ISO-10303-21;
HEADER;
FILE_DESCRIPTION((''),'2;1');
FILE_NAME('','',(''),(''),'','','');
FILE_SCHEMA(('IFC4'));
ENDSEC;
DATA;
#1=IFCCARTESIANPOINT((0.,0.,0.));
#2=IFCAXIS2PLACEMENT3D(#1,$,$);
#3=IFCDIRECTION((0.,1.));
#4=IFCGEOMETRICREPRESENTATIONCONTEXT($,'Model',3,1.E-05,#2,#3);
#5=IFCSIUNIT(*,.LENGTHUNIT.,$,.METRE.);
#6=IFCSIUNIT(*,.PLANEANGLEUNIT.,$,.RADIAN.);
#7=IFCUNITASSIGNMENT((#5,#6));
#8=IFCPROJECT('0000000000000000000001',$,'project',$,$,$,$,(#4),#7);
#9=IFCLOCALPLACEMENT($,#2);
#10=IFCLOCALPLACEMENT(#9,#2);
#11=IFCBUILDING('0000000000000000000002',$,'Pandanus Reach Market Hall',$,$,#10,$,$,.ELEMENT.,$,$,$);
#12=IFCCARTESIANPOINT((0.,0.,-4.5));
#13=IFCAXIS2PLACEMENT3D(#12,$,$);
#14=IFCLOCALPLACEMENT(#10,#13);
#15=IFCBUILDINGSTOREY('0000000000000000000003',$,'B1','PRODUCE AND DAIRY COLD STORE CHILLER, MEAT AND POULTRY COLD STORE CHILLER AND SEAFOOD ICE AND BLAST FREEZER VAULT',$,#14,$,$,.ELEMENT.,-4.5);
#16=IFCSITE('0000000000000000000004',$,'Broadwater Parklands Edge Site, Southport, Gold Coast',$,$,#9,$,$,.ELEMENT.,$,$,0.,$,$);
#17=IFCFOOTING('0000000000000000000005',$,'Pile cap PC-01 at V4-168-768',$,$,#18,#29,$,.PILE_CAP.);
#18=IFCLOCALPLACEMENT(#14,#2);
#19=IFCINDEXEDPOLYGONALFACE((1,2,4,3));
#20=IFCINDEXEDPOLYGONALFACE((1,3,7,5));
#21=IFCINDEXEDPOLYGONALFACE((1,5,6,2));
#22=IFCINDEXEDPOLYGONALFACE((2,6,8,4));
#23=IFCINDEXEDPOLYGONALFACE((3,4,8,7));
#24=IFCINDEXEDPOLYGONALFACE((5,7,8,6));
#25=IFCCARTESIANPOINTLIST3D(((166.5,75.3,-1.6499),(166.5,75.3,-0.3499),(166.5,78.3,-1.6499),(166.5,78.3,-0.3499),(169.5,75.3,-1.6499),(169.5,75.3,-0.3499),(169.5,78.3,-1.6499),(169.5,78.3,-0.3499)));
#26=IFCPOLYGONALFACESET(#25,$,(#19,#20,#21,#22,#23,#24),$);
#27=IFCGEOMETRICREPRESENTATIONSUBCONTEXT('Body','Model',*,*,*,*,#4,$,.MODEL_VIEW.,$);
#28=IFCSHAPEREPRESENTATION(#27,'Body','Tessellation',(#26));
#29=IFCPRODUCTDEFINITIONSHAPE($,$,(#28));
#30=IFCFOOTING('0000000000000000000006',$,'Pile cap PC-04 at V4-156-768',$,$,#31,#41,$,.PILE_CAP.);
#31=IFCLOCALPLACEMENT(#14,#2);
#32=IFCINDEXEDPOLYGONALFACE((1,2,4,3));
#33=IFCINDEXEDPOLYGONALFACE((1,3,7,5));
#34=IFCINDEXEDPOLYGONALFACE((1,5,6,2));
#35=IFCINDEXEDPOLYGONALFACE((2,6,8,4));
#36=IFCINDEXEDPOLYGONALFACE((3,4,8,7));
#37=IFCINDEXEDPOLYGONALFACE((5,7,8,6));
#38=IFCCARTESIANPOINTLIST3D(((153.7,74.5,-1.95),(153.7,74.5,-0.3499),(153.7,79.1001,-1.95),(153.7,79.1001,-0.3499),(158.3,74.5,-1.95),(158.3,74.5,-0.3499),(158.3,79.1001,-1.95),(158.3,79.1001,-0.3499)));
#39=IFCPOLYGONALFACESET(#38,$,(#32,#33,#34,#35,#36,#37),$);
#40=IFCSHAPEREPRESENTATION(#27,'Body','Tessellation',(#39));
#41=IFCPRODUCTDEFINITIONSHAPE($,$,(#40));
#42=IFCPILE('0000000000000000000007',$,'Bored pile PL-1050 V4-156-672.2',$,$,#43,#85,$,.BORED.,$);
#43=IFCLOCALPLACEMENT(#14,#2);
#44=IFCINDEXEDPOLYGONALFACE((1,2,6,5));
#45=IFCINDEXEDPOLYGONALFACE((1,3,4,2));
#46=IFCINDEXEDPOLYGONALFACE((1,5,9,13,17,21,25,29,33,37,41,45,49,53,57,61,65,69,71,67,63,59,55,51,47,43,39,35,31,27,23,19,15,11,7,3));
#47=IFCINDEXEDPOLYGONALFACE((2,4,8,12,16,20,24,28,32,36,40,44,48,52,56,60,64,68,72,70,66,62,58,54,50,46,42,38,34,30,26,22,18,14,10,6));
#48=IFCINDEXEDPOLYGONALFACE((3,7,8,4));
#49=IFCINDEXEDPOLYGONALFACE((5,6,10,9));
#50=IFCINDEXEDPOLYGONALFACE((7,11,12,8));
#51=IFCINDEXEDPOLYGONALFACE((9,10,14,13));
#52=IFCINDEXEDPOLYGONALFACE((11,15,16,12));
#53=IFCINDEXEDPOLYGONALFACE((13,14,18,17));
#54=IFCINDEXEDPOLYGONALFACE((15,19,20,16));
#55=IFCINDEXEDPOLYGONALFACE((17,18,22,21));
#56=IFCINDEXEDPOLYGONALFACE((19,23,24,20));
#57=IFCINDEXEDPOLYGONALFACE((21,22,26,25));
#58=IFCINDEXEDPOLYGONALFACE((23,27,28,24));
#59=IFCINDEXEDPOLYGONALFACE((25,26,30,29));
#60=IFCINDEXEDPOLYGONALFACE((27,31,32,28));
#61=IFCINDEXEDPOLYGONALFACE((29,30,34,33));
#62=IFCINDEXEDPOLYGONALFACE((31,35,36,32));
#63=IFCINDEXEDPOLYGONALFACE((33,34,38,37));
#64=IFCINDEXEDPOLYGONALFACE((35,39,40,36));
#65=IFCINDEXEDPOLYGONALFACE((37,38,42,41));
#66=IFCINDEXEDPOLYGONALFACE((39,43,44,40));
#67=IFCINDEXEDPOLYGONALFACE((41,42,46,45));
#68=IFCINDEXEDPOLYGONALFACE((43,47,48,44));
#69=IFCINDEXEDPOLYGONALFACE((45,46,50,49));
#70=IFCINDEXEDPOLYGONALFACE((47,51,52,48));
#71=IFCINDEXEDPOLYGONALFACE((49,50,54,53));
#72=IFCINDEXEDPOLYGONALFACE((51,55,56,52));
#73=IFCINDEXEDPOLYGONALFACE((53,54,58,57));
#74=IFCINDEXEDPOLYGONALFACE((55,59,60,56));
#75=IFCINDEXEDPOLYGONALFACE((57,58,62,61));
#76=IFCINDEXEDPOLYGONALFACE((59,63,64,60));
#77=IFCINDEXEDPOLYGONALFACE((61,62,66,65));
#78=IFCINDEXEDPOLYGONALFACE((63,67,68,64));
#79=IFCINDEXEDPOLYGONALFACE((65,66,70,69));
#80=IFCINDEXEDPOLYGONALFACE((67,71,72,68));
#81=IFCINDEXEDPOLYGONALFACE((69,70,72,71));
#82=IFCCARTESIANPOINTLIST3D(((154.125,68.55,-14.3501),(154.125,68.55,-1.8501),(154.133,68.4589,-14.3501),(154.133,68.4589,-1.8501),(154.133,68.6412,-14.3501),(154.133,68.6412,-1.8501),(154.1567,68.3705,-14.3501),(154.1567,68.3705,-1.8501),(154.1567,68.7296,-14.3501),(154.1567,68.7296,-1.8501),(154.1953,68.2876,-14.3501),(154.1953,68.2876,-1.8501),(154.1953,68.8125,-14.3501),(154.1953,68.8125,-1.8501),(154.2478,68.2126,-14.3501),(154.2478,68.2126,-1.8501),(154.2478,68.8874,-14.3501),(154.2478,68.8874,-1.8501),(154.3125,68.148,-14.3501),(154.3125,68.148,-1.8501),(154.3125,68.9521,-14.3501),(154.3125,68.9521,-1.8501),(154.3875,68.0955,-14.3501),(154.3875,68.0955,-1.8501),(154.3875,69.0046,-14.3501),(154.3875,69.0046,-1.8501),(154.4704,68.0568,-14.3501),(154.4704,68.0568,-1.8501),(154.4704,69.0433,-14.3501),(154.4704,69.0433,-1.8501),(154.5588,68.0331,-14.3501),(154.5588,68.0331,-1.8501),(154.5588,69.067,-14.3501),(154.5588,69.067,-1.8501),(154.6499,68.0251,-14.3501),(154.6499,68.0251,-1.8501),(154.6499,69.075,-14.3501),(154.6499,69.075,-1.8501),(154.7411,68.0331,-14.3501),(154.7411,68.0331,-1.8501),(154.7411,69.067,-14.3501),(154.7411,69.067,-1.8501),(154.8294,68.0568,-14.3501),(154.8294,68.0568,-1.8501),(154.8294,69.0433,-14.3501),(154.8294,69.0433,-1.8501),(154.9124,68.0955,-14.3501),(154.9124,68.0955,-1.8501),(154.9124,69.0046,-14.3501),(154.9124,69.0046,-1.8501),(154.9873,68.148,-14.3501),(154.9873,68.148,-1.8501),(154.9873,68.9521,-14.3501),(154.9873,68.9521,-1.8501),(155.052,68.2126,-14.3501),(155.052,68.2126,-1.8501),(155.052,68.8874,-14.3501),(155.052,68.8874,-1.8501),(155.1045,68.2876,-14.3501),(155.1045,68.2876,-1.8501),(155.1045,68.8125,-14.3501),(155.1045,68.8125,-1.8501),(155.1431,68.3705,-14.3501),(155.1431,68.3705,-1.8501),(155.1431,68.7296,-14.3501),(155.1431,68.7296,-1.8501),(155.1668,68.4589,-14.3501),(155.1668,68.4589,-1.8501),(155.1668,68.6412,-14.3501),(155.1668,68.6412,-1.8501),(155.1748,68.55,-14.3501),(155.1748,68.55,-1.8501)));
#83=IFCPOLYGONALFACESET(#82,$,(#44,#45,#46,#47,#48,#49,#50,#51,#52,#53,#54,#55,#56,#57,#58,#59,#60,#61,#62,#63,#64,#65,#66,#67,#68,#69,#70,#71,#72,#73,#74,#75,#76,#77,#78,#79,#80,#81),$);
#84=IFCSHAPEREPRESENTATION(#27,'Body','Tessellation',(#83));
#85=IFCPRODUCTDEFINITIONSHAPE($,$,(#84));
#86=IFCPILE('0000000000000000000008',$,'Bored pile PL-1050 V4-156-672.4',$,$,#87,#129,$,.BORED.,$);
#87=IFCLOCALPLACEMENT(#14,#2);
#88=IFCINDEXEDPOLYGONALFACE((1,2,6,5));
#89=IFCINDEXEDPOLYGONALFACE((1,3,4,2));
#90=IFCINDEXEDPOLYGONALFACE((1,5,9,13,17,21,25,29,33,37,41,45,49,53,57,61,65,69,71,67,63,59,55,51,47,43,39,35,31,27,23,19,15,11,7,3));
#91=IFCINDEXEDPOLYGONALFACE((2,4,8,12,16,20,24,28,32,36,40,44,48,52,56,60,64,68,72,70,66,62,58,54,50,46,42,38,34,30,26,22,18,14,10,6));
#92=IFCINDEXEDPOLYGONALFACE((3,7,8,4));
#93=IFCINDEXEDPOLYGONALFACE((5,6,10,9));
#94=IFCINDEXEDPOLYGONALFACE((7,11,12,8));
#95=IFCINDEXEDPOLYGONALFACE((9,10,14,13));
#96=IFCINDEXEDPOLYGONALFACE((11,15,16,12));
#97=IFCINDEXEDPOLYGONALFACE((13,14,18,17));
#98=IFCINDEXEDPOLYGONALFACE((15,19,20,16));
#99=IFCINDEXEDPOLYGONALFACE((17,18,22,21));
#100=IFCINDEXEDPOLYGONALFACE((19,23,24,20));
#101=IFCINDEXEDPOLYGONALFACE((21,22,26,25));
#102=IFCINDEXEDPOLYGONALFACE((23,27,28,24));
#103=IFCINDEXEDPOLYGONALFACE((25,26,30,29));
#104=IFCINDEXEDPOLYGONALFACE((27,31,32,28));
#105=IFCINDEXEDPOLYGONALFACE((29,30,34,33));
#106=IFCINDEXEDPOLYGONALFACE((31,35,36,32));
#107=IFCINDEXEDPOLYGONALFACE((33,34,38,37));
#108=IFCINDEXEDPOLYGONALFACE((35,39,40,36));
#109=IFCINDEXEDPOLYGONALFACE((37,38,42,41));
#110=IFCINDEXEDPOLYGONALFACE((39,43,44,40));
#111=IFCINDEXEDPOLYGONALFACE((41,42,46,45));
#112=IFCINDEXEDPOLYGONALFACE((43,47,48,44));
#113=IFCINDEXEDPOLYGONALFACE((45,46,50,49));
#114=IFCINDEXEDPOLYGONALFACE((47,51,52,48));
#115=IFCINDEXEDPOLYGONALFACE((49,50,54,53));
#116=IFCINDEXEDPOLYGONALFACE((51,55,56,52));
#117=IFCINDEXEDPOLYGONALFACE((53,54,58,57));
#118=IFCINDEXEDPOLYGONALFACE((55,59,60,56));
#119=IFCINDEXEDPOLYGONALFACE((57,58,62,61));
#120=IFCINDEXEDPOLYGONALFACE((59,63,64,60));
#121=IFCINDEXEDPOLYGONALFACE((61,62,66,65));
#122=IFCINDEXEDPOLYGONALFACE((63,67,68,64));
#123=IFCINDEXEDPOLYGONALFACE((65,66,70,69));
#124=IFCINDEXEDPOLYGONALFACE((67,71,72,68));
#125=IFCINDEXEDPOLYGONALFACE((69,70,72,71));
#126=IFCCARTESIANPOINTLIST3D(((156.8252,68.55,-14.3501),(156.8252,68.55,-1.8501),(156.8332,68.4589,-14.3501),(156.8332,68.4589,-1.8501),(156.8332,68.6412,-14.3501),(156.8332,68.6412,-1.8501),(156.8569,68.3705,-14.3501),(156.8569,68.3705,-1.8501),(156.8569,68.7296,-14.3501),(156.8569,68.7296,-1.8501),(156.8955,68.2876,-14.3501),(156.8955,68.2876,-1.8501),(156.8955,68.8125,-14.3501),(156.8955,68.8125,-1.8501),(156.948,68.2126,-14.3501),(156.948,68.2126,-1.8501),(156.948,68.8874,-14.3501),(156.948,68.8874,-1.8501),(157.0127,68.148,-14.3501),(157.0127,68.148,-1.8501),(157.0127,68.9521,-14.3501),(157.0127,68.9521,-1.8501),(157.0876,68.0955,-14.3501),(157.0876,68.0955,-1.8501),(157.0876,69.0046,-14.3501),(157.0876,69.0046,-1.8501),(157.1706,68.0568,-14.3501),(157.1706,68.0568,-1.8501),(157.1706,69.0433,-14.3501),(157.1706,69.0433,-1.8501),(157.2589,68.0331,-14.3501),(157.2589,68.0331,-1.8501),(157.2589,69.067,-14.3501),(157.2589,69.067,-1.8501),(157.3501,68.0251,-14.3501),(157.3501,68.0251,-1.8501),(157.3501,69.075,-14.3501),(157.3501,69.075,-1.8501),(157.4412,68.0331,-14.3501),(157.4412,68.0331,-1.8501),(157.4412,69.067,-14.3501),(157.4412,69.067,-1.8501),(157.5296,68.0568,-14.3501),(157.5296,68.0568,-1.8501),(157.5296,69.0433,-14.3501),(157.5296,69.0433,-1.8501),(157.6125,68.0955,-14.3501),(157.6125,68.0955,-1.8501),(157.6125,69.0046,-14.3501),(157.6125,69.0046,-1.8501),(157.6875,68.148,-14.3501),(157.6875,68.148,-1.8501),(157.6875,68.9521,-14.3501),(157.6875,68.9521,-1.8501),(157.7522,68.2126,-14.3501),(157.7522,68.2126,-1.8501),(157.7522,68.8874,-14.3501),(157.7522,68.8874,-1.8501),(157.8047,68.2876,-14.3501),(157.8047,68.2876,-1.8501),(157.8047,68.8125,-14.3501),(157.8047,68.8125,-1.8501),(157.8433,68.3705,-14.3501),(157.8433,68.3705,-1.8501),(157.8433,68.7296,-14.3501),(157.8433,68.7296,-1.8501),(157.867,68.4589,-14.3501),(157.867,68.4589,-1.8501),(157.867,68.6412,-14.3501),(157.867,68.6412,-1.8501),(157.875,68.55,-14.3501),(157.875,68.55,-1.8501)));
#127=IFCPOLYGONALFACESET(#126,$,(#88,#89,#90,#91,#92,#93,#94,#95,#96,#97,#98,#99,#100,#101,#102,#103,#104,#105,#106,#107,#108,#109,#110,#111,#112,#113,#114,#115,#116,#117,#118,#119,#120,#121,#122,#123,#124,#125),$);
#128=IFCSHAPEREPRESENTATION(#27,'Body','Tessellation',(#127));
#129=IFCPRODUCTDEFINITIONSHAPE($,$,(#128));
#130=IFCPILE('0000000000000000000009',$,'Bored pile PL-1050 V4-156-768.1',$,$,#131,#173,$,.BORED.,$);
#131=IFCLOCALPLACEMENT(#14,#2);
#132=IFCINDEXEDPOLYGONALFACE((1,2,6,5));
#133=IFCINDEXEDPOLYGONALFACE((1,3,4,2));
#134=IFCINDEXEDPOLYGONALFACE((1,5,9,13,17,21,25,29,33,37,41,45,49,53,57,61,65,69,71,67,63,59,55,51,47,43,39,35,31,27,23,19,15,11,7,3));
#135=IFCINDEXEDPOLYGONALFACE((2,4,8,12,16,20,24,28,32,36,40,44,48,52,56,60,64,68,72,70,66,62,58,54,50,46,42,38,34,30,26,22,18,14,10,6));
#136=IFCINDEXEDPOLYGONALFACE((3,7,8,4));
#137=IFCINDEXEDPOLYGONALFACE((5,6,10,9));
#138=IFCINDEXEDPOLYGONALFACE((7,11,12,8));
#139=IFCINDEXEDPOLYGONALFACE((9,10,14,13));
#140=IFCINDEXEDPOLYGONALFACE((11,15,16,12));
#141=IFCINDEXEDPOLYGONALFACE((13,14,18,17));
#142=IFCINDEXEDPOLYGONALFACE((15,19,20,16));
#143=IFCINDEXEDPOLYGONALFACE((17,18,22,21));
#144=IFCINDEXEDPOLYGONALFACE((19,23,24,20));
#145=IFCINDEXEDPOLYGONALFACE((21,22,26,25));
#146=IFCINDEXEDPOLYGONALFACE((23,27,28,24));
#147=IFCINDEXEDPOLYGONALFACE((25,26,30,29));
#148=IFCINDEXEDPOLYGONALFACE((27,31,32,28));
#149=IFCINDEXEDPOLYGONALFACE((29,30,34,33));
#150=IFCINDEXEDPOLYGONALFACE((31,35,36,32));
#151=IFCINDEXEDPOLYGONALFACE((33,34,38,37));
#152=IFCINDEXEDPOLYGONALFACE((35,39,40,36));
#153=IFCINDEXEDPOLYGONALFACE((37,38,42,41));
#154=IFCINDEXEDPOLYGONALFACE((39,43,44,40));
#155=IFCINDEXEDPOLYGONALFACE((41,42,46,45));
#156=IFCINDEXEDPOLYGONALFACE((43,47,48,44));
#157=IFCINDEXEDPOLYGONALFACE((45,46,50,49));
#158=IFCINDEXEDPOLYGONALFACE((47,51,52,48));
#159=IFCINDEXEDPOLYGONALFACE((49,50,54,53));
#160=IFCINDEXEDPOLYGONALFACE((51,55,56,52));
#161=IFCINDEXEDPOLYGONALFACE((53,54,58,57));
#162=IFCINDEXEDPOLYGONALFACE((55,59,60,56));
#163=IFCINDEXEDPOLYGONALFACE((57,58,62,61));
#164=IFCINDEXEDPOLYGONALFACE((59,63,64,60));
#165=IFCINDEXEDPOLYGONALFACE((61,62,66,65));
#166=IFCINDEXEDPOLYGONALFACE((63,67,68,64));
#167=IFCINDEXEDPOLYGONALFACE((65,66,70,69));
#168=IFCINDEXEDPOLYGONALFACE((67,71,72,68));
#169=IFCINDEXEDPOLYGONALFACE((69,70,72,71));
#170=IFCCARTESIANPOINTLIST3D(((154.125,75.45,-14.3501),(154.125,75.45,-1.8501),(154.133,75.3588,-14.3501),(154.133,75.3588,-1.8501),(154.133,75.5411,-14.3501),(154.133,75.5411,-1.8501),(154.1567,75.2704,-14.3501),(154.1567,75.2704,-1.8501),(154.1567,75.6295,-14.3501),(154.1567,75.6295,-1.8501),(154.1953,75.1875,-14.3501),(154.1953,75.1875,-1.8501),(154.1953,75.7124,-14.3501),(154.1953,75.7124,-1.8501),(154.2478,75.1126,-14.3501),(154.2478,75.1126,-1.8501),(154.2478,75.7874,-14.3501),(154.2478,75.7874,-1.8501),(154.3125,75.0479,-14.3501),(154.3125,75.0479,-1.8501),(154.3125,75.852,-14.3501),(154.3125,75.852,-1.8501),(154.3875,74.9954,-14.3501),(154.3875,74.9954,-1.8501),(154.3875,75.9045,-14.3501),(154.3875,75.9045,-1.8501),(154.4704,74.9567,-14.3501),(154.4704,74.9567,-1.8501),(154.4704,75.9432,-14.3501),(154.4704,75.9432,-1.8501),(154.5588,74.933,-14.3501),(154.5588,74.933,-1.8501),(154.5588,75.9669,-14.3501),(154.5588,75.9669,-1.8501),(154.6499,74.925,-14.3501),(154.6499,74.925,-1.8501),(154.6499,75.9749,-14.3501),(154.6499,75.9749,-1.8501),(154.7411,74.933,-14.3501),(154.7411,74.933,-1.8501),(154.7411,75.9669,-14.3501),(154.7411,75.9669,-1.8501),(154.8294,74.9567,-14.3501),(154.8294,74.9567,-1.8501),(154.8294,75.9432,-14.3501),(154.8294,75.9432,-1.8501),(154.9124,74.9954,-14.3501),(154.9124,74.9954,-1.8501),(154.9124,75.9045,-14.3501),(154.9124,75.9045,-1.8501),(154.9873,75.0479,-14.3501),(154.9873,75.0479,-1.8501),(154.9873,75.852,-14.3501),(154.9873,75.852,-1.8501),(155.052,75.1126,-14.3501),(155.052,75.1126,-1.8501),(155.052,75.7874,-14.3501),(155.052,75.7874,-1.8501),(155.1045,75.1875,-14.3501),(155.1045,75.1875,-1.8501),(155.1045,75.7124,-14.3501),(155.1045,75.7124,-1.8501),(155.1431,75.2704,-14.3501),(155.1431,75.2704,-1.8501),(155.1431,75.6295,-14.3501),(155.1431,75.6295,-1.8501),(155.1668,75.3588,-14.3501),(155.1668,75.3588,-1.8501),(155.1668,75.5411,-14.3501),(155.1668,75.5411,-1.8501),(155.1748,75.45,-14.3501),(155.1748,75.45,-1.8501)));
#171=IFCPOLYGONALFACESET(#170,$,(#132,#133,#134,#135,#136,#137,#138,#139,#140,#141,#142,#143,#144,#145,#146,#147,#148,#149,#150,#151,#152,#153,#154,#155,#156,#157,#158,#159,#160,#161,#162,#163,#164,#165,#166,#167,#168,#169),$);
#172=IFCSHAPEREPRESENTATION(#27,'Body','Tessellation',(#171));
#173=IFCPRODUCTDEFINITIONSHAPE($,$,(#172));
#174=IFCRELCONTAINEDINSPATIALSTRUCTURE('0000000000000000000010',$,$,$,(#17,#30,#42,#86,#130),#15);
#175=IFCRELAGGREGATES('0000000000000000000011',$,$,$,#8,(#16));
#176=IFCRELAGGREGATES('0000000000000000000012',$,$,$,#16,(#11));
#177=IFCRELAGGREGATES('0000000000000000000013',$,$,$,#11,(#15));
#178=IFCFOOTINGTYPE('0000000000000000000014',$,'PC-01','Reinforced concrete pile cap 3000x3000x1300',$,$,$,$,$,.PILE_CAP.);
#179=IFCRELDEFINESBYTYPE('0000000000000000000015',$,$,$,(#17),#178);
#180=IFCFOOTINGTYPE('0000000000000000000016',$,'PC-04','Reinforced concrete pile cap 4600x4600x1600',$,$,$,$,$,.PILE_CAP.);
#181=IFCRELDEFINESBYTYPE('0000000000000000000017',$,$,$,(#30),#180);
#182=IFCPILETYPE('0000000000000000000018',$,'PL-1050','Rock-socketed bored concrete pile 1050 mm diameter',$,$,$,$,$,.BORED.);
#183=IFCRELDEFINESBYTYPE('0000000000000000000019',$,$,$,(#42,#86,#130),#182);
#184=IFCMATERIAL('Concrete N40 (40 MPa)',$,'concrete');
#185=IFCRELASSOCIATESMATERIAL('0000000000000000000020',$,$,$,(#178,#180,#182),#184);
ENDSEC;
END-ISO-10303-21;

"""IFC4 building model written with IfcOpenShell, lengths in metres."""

from ifc_helpers import new_model, si_unit, direction, frame, origin, origin_2d, place, context, subcontext, project, spatial, rectangle, circle, extrude, material, material_profile, profile_set, type_object, element, save


model = new_model("IFC4")

# Units and contexts
model_context = context("Model", 3, precision=1e-05, world=origin(), true_north=direction((0.0, 1.0)))
body_context = subcontext(model_context, "Body", "Model", "MODEL_VIEW")
ifc_project = project(units=[si_unit("LENGTHUNIT", "METRE"), si_unit("PLANEANGLEUNIT", "RADIAN")], contexts=[model_context])

# Site, building, storey
site_placement = place(None, origin())
site = spatial("IfcSite", under=ifc_project, at=site_placement, Name="Broadwater Parklands Edge Site, Southport, Gold Coast", CompositionType="ELEMENT", RefElevation=0.0)
building_placement = place(site_placement, origin())
building = spatial("IfcBuilding", under=site, at=building_placement, Name="Pandanus Reach Market Hall", CompositionType="ELEMENT")
storey_placement = place(building_placement, frame((0.0, 0.0, -4.5)))
storey = spatial("IfcBuildingStorey", under=building, at=storey_placement, Name="B1", Description="PRODUCE AND DAIRY COLD STORE CHILLER, MEAT AND POULTRY COLD STORE CHILLER AND SEAFOOD ICE AND BLAST FREEZER VAULT", CompositionType="ELEMENT", Elevation=-4.5)

# Footings
ifc_material_1 = material(Name="Concrete N40 (40 MPa)", Category="concrete")
footing_type_1 = type_object("IfcFootingType", Name="PC-01", Description="Reinforced concrete pile cap 3000x3000x1300", PredefinedType="PILE_CAP", material=ifc_material_1)
footing_1_placement = place(storey_placement, frame((168.0, 76.8, -1.6499), z_axis=(0.0, 0.0, 1.0), x_axis=(1.0, 0.0, 0.0)))
element("IfcFooting", 1, at=footing_1_placement, inside=storey, type_object=footing_type_1, Name="Pile cap PC-01 at V4-168-768", PredefinedType="PILE_CAP", context=body_context, shape_type="SweptSolid", body=[
    extrude(rectangle(XDim=3.0, YDim=3.0, at=origin_2d()), origin(), (0.0, 0.0, 1.0), 1.3),
])
footing_type_2 = type_object("IfcFootingType", Name="PC-04", Description="Reinforced concrete pile cap 4600x4600x1600", PredefinedType="PILE_CAP", material=ifc_material_1)
footing_2_placement = place(storey_placement, frame((156.0, 76.8, -1.95), z_axis=(0.0, 0.0, 1.0), x_axis=(1.0, 0.0, 0.0)))
element("IfcFooting", 2, at=footing_2_placement, inside=storey, type_object=footing_type_2, Name="Pile cap PC-04 at V4-156-768", PredefinedType="PILE_CAP", context=body_context, shape_type="SweptSolid", body=[
    extrude(rectangle(XDim=4.6001, YDim=4.6001, at=origin_2d()), origin(), (0.0, 0.0, 1.0), 1.6001),
])

# Piles
ifc_material_profile_1 = material_profile(ifc_material_1, circle(Radius=0.5249, at=origin_2d()), Name="PILE-1050D", Category="LoadBearing")
ifc_profile_set_1 = profile_set([ifc_material_profile_1], Name="Concrete N40 (40 MPa)")
pile_type_1 = type_object("IfcPileType", Name="PL-1050", Description="Rock-socketed bored concrete pile 1050 mm diameter", PredefinedType="BORED", material=ifc_profile_set_1)
for number, where, z_axis, x_axis, name in (
    (3, (154.6499, 68.55, -1.8501), (0.0, 0.0, -1.0), (1.0, 0.0, 0.0), "Bored pile PL-1050 V4-156-672.2"),
    (4, (157.3501, 68.55, -1.8501), (0.0, 0.0, -1.0), (1.0, 0.0, 0.0), "Bored pile PL-1050 V4-156-672.4"),
    (5, (154.6499, 75.45, -1.8501), (0.0, 0.0, -1.0), (1.0, 0.0, 0.0), "Bored pile PL-1050 V4-156-768.1"),
):
    element("IfcPile", number, at=place(storey_placement, frame(where, z_axis=z_axis, x_axis=x_axis)), inside=storey, type_object=pile_type_1, Name=name, PredefinedType="BORED", context=body_context, shape_type="SweptSolid", body=[
        extrude(circle(Radius=0.5249, at=origin_2d()), origin(), (0.0, 0.0, 1.0), 12.5),
    ])

save(model, "model.ifc")
